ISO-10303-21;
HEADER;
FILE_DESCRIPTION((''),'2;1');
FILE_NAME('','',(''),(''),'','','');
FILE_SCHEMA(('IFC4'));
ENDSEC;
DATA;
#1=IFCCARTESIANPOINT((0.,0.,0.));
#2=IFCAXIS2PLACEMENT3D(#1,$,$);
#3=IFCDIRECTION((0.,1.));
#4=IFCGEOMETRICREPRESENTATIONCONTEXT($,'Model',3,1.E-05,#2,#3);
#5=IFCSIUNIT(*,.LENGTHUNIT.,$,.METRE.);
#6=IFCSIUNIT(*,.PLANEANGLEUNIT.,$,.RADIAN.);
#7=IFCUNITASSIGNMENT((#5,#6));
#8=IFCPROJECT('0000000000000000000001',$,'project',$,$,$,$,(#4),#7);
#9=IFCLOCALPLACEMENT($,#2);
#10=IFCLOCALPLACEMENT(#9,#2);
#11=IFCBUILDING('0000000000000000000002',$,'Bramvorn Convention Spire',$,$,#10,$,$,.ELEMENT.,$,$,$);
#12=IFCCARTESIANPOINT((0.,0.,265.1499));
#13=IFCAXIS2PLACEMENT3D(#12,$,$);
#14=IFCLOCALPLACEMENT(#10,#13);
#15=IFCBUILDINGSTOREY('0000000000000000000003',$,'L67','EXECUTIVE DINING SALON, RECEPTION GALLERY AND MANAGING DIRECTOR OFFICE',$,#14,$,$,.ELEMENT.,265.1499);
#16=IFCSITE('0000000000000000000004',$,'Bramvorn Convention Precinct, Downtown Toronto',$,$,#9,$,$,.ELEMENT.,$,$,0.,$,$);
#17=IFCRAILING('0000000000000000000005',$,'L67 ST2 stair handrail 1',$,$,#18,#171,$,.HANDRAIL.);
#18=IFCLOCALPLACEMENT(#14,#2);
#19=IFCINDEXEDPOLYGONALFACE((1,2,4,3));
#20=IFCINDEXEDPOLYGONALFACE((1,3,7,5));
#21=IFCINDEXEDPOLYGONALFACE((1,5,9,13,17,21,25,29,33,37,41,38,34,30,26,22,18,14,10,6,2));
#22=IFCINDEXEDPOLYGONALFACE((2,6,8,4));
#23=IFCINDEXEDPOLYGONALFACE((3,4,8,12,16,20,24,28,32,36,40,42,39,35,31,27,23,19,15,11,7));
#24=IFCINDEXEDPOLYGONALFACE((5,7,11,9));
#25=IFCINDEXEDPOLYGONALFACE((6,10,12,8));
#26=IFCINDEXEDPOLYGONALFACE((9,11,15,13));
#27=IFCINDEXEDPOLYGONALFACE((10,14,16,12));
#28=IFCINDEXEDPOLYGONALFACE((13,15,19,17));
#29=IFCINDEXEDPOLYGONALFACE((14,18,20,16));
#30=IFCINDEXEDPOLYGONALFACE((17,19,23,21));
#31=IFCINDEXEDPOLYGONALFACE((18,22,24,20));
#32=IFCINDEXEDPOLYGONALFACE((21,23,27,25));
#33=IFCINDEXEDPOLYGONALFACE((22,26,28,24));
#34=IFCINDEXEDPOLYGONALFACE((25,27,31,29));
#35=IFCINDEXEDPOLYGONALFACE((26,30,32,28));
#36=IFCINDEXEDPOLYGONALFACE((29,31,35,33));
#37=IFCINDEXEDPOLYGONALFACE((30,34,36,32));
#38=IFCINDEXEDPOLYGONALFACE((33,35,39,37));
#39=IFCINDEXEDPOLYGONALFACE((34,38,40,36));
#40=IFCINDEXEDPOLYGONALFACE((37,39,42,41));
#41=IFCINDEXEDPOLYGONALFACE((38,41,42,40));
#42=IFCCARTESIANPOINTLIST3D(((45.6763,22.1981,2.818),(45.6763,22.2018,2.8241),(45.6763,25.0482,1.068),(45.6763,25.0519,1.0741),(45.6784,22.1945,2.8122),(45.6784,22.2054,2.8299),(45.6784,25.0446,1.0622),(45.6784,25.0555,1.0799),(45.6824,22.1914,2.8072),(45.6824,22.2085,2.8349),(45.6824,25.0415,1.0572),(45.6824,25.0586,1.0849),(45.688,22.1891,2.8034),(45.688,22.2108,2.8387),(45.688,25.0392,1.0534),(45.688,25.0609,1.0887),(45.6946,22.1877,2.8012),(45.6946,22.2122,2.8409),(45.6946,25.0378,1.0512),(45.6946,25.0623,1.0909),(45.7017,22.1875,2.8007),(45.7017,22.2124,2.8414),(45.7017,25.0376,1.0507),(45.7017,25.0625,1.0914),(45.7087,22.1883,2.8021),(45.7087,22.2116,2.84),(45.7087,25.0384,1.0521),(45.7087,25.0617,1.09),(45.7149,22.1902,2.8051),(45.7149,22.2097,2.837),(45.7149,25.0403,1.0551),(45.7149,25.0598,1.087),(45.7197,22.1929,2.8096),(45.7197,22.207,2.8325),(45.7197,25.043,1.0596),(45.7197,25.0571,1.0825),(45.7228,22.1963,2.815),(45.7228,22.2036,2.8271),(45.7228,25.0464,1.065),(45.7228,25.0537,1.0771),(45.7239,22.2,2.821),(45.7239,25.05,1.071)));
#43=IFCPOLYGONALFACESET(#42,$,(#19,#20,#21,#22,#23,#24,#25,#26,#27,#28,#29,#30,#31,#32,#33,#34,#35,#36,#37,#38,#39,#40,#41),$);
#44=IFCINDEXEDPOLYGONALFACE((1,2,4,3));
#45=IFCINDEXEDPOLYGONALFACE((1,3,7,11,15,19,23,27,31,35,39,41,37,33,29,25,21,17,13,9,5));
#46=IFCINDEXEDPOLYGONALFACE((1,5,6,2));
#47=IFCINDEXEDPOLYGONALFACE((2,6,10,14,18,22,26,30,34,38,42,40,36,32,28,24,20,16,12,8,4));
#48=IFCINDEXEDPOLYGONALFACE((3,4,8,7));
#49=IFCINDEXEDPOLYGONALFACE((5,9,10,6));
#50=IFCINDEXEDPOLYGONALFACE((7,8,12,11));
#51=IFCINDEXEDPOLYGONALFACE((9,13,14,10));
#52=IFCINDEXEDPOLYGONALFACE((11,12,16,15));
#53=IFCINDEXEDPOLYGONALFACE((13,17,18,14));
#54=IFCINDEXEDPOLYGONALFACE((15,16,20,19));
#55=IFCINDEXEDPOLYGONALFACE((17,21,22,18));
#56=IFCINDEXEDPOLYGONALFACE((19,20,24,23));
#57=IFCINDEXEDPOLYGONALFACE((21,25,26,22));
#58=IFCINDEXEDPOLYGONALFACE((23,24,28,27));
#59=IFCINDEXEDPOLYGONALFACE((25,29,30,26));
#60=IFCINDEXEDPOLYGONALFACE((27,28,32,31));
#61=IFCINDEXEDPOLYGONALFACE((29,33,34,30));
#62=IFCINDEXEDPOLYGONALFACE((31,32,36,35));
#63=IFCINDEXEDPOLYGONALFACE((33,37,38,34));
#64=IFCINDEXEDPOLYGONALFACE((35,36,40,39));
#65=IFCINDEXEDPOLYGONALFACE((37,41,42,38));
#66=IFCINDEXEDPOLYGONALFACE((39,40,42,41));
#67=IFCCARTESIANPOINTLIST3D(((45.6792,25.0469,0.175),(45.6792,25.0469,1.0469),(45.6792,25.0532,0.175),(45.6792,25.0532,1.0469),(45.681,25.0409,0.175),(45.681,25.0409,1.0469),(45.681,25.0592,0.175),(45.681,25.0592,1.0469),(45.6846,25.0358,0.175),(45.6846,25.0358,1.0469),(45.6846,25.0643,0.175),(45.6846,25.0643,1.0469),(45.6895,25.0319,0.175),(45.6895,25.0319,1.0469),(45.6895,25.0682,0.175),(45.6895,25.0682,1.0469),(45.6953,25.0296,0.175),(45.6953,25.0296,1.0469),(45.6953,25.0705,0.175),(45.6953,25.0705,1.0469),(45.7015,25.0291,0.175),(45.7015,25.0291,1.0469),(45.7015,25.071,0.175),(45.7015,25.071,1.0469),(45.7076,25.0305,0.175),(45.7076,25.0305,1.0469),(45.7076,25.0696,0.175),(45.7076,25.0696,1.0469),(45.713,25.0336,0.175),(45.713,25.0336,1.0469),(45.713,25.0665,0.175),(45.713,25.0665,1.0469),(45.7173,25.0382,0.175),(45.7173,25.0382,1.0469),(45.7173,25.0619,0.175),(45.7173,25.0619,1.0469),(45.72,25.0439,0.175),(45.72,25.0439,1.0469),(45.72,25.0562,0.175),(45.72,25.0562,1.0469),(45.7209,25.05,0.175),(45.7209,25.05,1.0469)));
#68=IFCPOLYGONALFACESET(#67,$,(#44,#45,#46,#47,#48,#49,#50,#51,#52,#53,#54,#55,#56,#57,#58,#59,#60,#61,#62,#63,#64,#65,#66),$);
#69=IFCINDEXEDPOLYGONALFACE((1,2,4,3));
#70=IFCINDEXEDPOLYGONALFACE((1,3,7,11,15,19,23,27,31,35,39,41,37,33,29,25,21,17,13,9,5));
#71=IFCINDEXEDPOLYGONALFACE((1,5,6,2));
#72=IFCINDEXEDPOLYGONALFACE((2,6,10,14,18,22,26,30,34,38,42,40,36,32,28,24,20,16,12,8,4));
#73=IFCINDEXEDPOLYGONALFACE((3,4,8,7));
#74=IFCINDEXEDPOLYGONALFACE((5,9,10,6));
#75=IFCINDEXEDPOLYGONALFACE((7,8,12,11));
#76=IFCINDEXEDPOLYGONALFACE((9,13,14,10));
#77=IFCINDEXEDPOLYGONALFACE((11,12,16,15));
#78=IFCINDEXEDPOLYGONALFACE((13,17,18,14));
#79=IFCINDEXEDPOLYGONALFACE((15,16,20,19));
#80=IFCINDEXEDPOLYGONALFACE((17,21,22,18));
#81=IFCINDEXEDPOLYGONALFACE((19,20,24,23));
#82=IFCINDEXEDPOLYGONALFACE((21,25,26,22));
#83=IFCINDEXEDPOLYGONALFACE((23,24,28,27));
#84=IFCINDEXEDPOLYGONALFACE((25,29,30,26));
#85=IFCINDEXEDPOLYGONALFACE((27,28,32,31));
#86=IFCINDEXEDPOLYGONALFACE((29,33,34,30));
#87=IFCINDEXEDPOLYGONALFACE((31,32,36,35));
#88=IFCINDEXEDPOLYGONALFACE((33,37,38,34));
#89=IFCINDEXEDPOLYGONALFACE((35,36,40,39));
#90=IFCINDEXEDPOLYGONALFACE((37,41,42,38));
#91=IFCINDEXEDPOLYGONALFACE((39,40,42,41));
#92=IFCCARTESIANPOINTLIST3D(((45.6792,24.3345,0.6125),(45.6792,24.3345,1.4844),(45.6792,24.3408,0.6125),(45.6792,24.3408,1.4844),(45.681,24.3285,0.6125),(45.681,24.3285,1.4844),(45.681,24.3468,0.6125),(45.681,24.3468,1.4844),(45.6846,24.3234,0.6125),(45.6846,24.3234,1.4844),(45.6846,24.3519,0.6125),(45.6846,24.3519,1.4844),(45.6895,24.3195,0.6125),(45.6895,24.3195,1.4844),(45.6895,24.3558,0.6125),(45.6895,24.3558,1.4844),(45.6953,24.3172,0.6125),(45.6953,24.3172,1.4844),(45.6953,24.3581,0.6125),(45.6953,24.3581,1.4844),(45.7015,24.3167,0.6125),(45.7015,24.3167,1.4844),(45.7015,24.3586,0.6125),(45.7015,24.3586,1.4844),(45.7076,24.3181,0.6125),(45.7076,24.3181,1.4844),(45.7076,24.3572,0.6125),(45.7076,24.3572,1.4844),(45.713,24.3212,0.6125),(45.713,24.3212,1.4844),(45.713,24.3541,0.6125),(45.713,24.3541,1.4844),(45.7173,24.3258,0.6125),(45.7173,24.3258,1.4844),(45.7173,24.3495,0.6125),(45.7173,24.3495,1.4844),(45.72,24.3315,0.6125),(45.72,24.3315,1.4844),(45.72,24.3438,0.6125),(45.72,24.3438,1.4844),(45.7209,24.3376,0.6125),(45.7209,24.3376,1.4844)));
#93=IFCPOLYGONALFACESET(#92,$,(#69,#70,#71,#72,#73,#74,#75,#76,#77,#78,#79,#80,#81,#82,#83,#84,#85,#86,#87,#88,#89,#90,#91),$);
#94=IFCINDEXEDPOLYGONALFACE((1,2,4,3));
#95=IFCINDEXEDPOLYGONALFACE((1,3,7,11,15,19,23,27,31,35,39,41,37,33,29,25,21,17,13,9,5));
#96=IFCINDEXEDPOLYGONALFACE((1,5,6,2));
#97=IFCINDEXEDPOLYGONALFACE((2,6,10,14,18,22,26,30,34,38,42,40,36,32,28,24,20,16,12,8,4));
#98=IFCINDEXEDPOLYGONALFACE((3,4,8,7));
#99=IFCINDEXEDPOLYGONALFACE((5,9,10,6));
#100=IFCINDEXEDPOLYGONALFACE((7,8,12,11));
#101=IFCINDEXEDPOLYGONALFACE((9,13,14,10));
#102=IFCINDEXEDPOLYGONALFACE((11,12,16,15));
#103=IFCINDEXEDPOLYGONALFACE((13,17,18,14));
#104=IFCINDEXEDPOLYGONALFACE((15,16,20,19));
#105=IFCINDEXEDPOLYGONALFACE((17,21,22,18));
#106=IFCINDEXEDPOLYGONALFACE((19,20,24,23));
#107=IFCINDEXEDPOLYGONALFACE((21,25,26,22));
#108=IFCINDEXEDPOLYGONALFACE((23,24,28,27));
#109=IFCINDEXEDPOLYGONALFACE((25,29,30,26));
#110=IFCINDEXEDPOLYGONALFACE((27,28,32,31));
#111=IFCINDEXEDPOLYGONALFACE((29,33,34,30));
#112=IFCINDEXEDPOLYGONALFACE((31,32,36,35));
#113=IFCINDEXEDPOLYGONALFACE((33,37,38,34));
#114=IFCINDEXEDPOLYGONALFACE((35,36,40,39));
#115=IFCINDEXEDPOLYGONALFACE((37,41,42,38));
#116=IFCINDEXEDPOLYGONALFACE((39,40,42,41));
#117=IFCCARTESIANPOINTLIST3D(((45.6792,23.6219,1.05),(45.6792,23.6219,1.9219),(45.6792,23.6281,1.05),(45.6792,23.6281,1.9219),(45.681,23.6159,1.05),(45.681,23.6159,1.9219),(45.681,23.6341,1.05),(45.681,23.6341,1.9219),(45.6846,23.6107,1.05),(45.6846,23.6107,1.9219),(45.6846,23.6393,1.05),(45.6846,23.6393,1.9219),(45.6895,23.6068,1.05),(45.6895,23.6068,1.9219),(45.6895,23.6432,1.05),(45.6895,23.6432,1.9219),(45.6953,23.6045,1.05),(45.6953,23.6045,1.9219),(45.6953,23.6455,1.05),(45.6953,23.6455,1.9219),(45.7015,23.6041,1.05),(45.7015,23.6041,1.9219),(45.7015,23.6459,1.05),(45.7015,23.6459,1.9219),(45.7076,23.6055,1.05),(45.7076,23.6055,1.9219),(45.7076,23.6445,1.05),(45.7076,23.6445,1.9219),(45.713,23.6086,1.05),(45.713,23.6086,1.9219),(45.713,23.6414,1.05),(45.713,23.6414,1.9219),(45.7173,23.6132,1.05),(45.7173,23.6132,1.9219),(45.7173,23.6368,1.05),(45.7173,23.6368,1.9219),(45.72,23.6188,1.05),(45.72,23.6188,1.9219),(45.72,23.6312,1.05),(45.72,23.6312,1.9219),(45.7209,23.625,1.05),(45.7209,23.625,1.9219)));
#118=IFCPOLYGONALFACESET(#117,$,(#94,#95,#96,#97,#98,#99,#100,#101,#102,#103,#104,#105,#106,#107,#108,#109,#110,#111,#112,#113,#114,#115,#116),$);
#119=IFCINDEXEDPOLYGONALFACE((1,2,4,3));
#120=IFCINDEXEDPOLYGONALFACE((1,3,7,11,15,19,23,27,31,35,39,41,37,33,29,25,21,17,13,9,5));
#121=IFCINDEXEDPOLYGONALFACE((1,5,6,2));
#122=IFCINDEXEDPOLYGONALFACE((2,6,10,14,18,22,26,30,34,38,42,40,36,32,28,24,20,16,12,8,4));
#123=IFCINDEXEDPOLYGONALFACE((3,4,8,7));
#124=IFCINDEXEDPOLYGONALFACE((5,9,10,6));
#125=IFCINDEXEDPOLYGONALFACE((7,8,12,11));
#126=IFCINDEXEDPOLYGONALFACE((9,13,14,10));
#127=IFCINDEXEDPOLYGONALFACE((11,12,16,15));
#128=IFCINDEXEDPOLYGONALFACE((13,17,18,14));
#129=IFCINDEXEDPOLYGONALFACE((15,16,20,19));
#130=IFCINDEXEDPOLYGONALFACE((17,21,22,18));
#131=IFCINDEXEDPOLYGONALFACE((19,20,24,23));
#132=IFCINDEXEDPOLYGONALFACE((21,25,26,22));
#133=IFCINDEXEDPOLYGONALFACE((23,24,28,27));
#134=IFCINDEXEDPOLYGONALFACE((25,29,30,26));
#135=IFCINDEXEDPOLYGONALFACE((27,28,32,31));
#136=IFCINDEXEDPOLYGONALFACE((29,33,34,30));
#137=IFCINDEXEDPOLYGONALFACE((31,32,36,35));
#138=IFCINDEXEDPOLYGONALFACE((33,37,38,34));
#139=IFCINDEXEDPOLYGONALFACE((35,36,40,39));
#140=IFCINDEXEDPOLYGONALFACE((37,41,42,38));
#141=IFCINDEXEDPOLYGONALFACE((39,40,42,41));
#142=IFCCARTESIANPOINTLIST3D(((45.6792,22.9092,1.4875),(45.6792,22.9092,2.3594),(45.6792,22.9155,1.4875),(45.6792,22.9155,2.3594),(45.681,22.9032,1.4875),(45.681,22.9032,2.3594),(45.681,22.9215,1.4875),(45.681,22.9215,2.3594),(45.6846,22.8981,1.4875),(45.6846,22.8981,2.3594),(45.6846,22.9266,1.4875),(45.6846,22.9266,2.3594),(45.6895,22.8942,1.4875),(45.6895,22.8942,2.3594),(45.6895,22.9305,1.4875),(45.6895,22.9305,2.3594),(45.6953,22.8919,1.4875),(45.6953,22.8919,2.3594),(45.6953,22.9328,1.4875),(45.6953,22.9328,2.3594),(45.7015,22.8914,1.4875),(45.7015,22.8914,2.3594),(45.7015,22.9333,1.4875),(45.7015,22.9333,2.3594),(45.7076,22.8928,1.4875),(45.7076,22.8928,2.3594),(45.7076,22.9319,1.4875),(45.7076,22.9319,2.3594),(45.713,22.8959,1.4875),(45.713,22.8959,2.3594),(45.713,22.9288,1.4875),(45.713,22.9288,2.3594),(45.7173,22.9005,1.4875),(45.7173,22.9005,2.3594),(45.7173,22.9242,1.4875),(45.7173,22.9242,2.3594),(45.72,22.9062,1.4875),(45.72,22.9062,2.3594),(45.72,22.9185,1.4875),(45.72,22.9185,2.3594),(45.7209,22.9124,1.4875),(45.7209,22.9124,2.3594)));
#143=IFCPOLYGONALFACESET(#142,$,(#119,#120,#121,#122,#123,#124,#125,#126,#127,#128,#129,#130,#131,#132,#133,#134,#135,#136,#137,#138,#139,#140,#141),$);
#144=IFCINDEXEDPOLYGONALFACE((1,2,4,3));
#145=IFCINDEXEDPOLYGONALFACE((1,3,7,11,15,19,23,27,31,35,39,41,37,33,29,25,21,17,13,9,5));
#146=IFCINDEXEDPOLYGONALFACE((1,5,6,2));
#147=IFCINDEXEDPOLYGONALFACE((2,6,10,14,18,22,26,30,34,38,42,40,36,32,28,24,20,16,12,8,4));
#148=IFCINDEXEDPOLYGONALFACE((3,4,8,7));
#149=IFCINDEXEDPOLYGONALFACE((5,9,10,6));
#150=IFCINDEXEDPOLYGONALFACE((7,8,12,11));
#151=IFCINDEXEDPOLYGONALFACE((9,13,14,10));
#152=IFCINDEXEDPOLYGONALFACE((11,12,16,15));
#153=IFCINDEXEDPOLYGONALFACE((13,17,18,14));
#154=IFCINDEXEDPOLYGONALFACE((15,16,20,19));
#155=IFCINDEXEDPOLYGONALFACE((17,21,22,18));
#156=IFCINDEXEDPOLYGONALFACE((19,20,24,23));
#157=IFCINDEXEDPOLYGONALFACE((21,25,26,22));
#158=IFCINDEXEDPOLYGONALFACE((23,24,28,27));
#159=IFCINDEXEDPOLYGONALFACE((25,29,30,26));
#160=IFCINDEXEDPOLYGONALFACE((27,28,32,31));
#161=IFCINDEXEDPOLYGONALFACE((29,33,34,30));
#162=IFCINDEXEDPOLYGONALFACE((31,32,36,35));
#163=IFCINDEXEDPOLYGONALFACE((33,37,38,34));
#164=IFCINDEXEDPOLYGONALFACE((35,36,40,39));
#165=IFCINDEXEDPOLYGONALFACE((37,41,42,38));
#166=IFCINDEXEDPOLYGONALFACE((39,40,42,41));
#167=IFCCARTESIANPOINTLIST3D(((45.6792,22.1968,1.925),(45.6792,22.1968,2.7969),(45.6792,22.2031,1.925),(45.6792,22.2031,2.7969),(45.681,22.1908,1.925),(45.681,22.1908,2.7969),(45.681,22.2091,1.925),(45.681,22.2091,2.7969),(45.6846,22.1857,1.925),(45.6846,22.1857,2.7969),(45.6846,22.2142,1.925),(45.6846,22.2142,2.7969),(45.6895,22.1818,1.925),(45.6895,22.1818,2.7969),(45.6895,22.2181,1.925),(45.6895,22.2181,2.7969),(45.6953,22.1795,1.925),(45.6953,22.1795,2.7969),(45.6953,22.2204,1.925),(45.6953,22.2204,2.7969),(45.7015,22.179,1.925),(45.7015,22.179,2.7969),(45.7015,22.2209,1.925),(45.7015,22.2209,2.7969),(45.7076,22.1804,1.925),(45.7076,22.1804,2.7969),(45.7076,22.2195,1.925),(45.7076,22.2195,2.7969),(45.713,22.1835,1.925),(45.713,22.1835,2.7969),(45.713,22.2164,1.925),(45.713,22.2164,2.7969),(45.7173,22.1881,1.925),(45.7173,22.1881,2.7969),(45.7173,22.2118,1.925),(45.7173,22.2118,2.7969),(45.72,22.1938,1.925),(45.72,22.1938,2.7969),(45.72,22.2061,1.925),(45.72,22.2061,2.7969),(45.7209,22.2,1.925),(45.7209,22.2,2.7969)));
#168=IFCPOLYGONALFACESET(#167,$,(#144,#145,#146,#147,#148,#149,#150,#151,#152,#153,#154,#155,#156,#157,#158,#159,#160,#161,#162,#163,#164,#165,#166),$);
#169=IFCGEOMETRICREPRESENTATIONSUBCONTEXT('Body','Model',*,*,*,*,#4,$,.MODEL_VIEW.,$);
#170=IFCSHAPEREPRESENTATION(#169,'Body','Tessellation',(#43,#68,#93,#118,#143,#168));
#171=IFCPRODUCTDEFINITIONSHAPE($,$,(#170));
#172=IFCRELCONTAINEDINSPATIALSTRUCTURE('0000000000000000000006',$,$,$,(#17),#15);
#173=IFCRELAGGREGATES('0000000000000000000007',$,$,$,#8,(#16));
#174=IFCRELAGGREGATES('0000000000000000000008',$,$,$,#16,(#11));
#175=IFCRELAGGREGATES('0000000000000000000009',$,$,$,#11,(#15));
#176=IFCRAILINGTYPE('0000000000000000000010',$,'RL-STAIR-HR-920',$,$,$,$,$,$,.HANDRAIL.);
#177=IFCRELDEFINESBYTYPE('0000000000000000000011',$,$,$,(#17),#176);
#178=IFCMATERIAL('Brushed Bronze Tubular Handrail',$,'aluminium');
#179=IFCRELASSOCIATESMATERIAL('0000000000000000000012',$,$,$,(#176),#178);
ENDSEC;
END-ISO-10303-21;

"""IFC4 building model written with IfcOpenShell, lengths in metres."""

from ifc_helpers import new_model, si_unit, direction, frame, origin, origin_2d, place, context, subcontext, project, spatial, circle, extrude, material, type_object, element, save


model = new_model("IFC4")

# Units and contexts
model_context = context("Model", 3, precision=1e-05, world=origin(), true_north=direction((0.0, 1.0)))
body_context = subcontext(model_context, "Body", "Model", "MODEL_VIEW")
ifc_project = project(units=[si_unit("LENGTHUNIT", "METRE"), si_unit("PLANEANGLEUNIT", "RADIAN")], contexts=[model_context])

# Site, building, storey
site_placement = place(None, origin())
site = spatial("IfcSite", under=ifc_project, at=site_placement, Name="Bramvorn Convention Precinct, Downtown Toronto", CompositionType="ELEMENT", RefElevation=0.0)
building_placement = place(site_placement, origin())
building = spatial("IfcBuilding", under=site, at=building_placement, Name="Bramvorn Convention Spire", CompositionType="ELEMENT")
storey_placement = place(building_placement, frame((0.0, 0.0, 265.1499)))
storey = spatial("IfcBuildingStorey", under=building, at=storey_placement, Name="L67", Description="EXECUTIVE DINING SALON, RECEPTION GALLERY AND MANAGING DIRECTOR OFFICE", CompositionType="ELEMENT", Elevation=265.1499)

# Railing
ifc_material_1 = material(Name="Brushed Bronze Tubular Handrail", Category="aluminium")
railing_type_1 = type_object("IfcRailingType", Name="RL-STAIR-HR-920", PredefinedType="HANDRAIL", material=ifc_material_1)
railing_1_placement = place(storey_placement, frame((45.7, 25.05, 0.175)))
element("IfcRailing", 1, at=railing_1_placement, inside=storey, type_object=railing_type_1, Name="L67 ST2 stair handrail 1", PredefinedType="HANDRAIL", context=body_context, shape_type="SweptSolid", body=[
    extrude(circle(Radius=0.0239, at=origin_2d()), frame((0.0, 0.0, 0.896), z_axis=(0.0, -0.852179, 0.52325), x_axis=(1.0, 0.0, 0.0)), (0.0, 0.0, 1.0), 3.3445),
    extrude(circle(Radius=0.021, at=origin_2d()), origin(), (0.0, 0.0, 1.0), 0.8718),
    extrude(circle(Radius=0.021, at=origin_2d()), frame((0.0, -0.7124, 0.4375)), (0.0, 0.0, 1.0), 0.8718),
    extrude(circle(Radius=0.021, at=origin_2d()), frame((0.0, -1.425, 0.875)), (0.0, 0.0, 1.0), 0.8718),
    extrude(circle(Radius=0.021, at=origin_2d()), frame((0.0, -2.1377, 1.3125)), (0.0, 0.0, 1.0), 0.8718),
    extrude(circle(Radius=0.021, at=origin_2d()), frame((0.0, -2.8501, 1.75)), (0.0, 0.0, 1.0), 0.8718),
])

save(model, "model.ifc")
